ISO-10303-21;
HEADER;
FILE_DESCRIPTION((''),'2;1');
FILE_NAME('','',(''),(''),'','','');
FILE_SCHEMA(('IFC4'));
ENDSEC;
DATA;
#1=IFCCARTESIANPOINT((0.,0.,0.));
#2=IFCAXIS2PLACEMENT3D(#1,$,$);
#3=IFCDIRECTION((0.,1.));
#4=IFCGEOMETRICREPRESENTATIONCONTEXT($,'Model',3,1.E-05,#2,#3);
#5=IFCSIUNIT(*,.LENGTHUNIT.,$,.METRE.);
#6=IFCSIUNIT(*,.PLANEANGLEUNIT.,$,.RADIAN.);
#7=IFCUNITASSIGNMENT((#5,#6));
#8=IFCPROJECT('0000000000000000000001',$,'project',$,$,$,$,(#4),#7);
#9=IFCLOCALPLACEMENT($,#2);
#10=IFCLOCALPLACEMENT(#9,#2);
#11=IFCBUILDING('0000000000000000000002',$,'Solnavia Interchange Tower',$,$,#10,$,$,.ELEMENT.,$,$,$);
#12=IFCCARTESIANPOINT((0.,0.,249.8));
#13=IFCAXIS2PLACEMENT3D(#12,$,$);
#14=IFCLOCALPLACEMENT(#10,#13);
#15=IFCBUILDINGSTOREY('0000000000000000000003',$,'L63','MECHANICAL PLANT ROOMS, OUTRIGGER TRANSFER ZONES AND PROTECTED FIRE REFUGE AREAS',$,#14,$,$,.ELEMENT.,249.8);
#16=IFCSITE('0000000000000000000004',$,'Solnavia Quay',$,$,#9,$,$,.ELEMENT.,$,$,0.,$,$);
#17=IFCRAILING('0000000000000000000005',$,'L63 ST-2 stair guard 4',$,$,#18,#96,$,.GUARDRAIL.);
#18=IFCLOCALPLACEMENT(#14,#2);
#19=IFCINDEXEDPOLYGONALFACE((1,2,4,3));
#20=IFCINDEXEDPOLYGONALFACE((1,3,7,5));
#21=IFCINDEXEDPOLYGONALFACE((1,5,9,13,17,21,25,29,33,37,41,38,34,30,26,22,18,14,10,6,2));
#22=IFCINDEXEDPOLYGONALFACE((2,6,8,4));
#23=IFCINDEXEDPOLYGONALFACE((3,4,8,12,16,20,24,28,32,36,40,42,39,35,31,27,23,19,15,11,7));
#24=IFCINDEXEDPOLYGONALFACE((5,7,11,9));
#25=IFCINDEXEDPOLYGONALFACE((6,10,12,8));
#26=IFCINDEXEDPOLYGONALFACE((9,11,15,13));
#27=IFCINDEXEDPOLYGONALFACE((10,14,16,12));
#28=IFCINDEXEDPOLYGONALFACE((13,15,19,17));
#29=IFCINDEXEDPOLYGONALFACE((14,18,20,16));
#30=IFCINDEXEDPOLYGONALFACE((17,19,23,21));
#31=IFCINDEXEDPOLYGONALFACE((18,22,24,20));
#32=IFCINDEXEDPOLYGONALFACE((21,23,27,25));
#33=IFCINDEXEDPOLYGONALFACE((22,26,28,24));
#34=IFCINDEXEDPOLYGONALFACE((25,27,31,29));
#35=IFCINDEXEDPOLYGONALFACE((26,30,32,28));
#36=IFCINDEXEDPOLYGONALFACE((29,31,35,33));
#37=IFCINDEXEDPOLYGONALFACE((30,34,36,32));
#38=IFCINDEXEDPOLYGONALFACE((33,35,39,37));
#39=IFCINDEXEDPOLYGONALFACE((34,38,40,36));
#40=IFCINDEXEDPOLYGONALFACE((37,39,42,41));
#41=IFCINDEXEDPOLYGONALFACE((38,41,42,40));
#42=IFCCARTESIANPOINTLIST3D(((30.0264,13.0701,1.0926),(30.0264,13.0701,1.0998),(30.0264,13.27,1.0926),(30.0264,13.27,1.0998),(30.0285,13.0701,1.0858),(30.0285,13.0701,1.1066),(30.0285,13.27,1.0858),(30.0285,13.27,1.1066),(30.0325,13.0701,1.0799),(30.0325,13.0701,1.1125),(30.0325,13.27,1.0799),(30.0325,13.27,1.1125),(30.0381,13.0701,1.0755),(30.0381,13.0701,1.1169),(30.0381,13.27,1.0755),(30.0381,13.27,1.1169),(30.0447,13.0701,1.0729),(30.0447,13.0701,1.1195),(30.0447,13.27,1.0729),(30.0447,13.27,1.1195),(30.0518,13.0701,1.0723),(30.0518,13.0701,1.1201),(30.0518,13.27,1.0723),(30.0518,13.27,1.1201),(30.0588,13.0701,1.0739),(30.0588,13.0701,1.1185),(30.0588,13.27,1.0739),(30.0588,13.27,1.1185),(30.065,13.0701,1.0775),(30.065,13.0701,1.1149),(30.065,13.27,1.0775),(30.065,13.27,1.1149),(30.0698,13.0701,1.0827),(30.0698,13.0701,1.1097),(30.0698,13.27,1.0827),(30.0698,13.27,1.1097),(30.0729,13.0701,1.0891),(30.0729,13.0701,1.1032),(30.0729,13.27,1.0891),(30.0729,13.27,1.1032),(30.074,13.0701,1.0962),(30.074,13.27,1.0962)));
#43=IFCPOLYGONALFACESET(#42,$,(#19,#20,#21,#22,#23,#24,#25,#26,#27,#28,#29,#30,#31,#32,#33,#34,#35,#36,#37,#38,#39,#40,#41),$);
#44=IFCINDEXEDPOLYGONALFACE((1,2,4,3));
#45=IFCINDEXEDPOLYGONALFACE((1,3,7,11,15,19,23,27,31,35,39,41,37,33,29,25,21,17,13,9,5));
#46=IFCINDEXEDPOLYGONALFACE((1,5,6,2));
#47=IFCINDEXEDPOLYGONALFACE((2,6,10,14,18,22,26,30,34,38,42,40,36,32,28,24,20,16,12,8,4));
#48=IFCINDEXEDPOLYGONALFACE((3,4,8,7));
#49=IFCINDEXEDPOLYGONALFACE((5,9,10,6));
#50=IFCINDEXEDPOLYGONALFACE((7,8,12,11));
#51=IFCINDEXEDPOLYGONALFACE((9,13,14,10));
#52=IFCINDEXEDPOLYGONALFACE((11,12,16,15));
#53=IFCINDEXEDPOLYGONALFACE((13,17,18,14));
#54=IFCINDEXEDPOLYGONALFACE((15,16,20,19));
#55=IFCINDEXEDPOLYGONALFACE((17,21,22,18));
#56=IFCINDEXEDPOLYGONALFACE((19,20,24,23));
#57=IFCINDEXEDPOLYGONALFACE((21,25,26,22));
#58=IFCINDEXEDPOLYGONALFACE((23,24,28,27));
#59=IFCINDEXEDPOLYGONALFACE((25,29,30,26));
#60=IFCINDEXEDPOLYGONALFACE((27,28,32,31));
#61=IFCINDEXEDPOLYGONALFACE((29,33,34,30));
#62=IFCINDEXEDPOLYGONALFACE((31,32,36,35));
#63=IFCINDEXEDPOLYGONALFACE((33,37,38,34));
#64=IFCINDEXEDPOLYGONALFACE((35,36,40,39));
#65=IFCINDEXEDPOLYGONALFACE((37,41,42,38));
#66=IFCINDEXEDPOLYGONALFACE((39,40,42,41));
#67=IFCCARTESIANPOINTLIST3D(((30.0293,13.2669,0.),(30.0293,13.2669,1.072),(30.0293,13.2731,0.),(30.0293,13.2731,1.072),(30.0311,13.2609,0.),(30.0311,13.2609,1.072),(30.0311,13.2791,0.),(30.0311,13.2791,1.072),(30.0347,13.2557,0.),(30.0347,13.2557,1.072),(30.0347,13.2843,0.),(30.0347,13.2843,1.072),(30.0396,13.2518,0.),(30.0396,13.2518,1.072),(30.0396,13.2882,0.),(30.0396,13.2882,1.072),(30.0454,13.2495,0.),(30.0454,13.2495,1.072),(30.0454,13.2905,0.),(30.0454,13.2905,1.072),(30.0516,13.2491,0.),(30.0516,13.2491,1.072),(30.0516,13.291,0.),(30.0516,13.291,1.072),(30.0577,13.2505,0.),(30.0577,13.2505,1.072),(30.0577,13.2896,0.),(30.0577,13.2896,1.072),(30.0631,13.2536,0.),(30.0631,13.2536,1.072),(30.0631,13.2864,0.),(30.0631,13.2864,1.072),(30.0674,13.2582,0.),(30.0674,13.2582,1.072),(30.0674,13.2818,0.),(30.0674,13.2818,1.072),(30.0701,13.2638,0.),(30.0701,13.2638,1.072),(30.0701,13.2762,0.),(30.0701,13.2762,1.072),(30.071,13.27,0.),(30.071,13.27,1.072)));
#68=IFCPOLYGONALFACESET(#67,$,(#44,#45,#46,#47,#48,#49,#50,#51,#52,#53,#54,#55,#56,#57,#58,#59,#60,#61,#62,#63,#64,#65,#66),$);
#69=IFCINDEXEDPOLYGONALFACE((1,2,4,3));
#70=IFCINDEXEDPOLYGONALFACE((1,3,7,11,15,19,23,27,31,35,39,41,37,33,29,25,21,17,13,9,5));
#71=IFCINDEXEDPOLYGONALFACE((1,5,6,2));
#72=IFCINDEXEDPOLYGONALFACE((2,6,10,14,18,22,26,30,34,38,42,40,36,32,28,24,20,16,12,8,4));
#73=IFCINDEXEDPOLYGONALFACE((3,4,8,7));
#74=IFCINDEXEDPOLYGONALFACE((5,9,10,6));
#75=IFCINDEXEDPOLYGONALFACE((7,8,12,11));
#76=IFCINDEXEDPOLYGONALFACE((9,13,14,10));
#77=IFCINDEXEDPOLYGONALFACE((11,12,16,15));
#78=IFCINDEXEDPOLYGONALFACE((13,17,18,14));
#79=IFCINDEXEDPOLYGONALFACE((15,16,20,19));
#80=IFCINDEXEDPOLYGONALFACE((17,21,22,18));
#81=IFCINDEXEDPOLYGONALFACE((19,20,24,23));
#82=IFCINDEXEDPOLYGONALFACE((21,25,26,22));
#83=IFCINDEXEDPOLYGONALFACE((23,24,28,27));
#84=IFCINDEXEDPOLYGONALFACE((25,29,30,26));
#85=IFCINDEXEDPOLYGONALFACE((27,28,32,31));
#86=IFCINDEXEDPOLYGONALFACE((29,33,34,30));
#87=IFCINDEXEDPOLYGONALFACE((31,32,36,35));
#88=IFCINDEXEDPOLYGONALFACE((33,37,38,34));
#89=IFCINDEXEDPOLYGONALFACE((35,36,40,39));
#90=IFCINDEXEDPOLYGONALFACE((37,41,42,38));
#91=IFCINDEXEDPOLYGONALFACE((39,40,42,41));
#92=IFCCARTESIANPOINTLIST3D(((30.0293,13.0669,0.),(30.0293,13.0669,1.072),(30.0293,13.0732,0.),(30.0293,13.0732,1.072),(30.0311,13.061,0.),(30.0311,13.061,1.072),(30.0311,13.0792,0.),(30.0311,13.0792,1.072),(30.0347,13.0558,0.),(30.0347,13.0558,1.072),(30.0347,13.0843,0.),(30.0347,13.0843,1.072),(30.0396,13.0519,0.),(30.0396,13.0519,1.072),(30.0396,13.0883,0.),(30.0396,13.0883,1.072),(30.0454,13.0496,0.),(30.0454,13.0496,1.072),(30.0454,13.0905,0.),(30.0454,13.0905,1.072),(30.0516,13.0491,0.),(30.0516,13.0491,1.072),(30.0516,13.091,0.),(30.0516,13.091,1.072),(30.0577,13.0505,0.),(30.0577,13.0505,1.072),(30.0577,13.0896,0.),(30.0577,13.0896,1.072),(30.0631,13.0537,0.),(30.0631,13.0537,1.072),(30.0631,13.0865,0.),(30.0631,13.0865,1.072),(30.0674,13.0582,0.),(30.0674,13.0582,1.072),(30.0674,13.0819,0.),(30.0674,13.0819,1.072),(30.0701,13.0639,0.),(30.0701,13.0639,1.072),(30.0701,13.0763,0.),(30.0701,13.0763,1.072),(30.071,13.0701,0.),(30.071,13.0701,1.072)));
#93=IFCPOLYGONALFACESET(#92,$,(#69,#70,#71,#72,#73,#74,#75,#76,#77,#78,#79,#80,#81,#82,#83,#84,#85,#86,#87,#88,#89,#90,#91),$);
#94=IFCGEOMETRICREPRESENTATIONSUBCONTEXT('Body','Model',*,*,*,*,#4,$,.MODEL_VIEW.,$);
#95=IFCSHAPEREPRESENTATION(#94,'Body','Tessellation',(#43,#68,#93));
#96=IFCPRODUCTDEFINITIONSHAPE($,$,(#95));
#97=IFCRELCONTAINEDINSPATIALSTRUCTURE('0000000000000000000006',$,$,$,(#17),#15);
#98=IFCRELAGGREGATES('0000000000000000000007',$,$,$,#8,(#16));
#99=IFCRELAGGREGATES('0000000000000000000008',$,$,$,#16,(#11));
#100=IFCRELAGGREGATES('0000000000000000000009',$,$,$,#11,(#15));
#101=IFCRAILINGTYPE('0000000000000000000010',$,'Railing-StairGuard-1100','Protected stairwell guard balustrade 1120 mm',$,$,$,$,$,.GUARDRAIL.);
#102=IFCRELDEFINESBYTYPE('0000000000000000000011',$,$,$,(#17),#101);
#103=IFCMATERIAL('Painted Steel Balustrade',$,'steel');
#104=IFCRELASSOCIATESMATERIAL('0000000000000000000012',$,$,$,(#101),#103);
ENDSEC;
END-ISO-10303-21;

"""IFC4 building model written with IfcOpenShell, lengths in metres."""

from ifc_helpers import new_model, si_unit, direction, frame, origin, origin_2d, place, context, subcontext, project, spatial, circle, extrude, material, type_object, element, save


model = new_model("IFC4")

# Units and contexts
model_context = context("Model", 3, precision=1e-05, world=origin(), true_north=direction((0.0, 1.0)))
body_context = subcontext(model_context, "Body", "Model", "MODEL_VIEW")
ifc_project = project(units=[si_unit("LENGTHUNIT", "METRE"), si_unit("PLANEANGLEUNIT", "RADIAN")], contexts=[model_context])

# Site, building, storey
site_placement = place(None, origin())
site = spatial("IfcSite", under=ifc_project, at=site_placement, Name="Solnavia Quay", CompositionType="ELEMENT", RefElevation=0.0)
building_placement = place(site_placement, origin())
building = spatial("IfcBuilding", under=site, at=building_placement, Name="Solnavia Interchange Tower", CompositionType="ELEMENT")
storey_placement = place(building_placement, frame((0.0, 0.0, 249.8)))
storey = spatial("IfcBuildingStorey", under=building, at=storey_placement, Name="L63", Description="MECHANICAL PLANT ROOMS, OUTRIGGER TRANSFER ZONES AND PROTECTED FIRE REFUGE AREAS", CompositionType="ELEMENT", Elevation=249.8)

# Railing
ifc_material_1 = material(Name="Painted Steel Balustrade", Category="steel")
railing_type = type_object("IfcRailingType", Name="Railing-StairGuard-1100", Description="Protected stairwell guard balustrade 1120 mm", PredefinedType="GUARDRAIL", material=ifc_material_1)
railing_1_placement = place(storey_placement, frame((30.05, 13.27, 0.0)))
element("IfcRailing", 1, at=railing_1_placement, inside=storey, type_object=railing_type, Name="L63 ST-2 stair guard 4", PredefinedType="GUARDRAIL", context=body_context, shape_type="SweptSolid", body=[
    extrude(circle(Radius=0.0239, at=origin_2d()), frame((0.0, 0.0, 1.0962), z_axis=(0.0, -1.0, 0.0), x_axis=(1.0, 0.0, 0.0)), (0.0, 0.0, 1.0), 0.2),
    extrude(circle(Radius=0.021, at=origin_2d()), origin(), (0.0, 0.0, 1.0), 1.072),
    extrude(circle(Radius=0.021, at=origin_2d()), frame((0.0, -0.2, 0.0)), (0.0, 0.0, 1.0), 1.072),
])

save(model, "model.ifc")
